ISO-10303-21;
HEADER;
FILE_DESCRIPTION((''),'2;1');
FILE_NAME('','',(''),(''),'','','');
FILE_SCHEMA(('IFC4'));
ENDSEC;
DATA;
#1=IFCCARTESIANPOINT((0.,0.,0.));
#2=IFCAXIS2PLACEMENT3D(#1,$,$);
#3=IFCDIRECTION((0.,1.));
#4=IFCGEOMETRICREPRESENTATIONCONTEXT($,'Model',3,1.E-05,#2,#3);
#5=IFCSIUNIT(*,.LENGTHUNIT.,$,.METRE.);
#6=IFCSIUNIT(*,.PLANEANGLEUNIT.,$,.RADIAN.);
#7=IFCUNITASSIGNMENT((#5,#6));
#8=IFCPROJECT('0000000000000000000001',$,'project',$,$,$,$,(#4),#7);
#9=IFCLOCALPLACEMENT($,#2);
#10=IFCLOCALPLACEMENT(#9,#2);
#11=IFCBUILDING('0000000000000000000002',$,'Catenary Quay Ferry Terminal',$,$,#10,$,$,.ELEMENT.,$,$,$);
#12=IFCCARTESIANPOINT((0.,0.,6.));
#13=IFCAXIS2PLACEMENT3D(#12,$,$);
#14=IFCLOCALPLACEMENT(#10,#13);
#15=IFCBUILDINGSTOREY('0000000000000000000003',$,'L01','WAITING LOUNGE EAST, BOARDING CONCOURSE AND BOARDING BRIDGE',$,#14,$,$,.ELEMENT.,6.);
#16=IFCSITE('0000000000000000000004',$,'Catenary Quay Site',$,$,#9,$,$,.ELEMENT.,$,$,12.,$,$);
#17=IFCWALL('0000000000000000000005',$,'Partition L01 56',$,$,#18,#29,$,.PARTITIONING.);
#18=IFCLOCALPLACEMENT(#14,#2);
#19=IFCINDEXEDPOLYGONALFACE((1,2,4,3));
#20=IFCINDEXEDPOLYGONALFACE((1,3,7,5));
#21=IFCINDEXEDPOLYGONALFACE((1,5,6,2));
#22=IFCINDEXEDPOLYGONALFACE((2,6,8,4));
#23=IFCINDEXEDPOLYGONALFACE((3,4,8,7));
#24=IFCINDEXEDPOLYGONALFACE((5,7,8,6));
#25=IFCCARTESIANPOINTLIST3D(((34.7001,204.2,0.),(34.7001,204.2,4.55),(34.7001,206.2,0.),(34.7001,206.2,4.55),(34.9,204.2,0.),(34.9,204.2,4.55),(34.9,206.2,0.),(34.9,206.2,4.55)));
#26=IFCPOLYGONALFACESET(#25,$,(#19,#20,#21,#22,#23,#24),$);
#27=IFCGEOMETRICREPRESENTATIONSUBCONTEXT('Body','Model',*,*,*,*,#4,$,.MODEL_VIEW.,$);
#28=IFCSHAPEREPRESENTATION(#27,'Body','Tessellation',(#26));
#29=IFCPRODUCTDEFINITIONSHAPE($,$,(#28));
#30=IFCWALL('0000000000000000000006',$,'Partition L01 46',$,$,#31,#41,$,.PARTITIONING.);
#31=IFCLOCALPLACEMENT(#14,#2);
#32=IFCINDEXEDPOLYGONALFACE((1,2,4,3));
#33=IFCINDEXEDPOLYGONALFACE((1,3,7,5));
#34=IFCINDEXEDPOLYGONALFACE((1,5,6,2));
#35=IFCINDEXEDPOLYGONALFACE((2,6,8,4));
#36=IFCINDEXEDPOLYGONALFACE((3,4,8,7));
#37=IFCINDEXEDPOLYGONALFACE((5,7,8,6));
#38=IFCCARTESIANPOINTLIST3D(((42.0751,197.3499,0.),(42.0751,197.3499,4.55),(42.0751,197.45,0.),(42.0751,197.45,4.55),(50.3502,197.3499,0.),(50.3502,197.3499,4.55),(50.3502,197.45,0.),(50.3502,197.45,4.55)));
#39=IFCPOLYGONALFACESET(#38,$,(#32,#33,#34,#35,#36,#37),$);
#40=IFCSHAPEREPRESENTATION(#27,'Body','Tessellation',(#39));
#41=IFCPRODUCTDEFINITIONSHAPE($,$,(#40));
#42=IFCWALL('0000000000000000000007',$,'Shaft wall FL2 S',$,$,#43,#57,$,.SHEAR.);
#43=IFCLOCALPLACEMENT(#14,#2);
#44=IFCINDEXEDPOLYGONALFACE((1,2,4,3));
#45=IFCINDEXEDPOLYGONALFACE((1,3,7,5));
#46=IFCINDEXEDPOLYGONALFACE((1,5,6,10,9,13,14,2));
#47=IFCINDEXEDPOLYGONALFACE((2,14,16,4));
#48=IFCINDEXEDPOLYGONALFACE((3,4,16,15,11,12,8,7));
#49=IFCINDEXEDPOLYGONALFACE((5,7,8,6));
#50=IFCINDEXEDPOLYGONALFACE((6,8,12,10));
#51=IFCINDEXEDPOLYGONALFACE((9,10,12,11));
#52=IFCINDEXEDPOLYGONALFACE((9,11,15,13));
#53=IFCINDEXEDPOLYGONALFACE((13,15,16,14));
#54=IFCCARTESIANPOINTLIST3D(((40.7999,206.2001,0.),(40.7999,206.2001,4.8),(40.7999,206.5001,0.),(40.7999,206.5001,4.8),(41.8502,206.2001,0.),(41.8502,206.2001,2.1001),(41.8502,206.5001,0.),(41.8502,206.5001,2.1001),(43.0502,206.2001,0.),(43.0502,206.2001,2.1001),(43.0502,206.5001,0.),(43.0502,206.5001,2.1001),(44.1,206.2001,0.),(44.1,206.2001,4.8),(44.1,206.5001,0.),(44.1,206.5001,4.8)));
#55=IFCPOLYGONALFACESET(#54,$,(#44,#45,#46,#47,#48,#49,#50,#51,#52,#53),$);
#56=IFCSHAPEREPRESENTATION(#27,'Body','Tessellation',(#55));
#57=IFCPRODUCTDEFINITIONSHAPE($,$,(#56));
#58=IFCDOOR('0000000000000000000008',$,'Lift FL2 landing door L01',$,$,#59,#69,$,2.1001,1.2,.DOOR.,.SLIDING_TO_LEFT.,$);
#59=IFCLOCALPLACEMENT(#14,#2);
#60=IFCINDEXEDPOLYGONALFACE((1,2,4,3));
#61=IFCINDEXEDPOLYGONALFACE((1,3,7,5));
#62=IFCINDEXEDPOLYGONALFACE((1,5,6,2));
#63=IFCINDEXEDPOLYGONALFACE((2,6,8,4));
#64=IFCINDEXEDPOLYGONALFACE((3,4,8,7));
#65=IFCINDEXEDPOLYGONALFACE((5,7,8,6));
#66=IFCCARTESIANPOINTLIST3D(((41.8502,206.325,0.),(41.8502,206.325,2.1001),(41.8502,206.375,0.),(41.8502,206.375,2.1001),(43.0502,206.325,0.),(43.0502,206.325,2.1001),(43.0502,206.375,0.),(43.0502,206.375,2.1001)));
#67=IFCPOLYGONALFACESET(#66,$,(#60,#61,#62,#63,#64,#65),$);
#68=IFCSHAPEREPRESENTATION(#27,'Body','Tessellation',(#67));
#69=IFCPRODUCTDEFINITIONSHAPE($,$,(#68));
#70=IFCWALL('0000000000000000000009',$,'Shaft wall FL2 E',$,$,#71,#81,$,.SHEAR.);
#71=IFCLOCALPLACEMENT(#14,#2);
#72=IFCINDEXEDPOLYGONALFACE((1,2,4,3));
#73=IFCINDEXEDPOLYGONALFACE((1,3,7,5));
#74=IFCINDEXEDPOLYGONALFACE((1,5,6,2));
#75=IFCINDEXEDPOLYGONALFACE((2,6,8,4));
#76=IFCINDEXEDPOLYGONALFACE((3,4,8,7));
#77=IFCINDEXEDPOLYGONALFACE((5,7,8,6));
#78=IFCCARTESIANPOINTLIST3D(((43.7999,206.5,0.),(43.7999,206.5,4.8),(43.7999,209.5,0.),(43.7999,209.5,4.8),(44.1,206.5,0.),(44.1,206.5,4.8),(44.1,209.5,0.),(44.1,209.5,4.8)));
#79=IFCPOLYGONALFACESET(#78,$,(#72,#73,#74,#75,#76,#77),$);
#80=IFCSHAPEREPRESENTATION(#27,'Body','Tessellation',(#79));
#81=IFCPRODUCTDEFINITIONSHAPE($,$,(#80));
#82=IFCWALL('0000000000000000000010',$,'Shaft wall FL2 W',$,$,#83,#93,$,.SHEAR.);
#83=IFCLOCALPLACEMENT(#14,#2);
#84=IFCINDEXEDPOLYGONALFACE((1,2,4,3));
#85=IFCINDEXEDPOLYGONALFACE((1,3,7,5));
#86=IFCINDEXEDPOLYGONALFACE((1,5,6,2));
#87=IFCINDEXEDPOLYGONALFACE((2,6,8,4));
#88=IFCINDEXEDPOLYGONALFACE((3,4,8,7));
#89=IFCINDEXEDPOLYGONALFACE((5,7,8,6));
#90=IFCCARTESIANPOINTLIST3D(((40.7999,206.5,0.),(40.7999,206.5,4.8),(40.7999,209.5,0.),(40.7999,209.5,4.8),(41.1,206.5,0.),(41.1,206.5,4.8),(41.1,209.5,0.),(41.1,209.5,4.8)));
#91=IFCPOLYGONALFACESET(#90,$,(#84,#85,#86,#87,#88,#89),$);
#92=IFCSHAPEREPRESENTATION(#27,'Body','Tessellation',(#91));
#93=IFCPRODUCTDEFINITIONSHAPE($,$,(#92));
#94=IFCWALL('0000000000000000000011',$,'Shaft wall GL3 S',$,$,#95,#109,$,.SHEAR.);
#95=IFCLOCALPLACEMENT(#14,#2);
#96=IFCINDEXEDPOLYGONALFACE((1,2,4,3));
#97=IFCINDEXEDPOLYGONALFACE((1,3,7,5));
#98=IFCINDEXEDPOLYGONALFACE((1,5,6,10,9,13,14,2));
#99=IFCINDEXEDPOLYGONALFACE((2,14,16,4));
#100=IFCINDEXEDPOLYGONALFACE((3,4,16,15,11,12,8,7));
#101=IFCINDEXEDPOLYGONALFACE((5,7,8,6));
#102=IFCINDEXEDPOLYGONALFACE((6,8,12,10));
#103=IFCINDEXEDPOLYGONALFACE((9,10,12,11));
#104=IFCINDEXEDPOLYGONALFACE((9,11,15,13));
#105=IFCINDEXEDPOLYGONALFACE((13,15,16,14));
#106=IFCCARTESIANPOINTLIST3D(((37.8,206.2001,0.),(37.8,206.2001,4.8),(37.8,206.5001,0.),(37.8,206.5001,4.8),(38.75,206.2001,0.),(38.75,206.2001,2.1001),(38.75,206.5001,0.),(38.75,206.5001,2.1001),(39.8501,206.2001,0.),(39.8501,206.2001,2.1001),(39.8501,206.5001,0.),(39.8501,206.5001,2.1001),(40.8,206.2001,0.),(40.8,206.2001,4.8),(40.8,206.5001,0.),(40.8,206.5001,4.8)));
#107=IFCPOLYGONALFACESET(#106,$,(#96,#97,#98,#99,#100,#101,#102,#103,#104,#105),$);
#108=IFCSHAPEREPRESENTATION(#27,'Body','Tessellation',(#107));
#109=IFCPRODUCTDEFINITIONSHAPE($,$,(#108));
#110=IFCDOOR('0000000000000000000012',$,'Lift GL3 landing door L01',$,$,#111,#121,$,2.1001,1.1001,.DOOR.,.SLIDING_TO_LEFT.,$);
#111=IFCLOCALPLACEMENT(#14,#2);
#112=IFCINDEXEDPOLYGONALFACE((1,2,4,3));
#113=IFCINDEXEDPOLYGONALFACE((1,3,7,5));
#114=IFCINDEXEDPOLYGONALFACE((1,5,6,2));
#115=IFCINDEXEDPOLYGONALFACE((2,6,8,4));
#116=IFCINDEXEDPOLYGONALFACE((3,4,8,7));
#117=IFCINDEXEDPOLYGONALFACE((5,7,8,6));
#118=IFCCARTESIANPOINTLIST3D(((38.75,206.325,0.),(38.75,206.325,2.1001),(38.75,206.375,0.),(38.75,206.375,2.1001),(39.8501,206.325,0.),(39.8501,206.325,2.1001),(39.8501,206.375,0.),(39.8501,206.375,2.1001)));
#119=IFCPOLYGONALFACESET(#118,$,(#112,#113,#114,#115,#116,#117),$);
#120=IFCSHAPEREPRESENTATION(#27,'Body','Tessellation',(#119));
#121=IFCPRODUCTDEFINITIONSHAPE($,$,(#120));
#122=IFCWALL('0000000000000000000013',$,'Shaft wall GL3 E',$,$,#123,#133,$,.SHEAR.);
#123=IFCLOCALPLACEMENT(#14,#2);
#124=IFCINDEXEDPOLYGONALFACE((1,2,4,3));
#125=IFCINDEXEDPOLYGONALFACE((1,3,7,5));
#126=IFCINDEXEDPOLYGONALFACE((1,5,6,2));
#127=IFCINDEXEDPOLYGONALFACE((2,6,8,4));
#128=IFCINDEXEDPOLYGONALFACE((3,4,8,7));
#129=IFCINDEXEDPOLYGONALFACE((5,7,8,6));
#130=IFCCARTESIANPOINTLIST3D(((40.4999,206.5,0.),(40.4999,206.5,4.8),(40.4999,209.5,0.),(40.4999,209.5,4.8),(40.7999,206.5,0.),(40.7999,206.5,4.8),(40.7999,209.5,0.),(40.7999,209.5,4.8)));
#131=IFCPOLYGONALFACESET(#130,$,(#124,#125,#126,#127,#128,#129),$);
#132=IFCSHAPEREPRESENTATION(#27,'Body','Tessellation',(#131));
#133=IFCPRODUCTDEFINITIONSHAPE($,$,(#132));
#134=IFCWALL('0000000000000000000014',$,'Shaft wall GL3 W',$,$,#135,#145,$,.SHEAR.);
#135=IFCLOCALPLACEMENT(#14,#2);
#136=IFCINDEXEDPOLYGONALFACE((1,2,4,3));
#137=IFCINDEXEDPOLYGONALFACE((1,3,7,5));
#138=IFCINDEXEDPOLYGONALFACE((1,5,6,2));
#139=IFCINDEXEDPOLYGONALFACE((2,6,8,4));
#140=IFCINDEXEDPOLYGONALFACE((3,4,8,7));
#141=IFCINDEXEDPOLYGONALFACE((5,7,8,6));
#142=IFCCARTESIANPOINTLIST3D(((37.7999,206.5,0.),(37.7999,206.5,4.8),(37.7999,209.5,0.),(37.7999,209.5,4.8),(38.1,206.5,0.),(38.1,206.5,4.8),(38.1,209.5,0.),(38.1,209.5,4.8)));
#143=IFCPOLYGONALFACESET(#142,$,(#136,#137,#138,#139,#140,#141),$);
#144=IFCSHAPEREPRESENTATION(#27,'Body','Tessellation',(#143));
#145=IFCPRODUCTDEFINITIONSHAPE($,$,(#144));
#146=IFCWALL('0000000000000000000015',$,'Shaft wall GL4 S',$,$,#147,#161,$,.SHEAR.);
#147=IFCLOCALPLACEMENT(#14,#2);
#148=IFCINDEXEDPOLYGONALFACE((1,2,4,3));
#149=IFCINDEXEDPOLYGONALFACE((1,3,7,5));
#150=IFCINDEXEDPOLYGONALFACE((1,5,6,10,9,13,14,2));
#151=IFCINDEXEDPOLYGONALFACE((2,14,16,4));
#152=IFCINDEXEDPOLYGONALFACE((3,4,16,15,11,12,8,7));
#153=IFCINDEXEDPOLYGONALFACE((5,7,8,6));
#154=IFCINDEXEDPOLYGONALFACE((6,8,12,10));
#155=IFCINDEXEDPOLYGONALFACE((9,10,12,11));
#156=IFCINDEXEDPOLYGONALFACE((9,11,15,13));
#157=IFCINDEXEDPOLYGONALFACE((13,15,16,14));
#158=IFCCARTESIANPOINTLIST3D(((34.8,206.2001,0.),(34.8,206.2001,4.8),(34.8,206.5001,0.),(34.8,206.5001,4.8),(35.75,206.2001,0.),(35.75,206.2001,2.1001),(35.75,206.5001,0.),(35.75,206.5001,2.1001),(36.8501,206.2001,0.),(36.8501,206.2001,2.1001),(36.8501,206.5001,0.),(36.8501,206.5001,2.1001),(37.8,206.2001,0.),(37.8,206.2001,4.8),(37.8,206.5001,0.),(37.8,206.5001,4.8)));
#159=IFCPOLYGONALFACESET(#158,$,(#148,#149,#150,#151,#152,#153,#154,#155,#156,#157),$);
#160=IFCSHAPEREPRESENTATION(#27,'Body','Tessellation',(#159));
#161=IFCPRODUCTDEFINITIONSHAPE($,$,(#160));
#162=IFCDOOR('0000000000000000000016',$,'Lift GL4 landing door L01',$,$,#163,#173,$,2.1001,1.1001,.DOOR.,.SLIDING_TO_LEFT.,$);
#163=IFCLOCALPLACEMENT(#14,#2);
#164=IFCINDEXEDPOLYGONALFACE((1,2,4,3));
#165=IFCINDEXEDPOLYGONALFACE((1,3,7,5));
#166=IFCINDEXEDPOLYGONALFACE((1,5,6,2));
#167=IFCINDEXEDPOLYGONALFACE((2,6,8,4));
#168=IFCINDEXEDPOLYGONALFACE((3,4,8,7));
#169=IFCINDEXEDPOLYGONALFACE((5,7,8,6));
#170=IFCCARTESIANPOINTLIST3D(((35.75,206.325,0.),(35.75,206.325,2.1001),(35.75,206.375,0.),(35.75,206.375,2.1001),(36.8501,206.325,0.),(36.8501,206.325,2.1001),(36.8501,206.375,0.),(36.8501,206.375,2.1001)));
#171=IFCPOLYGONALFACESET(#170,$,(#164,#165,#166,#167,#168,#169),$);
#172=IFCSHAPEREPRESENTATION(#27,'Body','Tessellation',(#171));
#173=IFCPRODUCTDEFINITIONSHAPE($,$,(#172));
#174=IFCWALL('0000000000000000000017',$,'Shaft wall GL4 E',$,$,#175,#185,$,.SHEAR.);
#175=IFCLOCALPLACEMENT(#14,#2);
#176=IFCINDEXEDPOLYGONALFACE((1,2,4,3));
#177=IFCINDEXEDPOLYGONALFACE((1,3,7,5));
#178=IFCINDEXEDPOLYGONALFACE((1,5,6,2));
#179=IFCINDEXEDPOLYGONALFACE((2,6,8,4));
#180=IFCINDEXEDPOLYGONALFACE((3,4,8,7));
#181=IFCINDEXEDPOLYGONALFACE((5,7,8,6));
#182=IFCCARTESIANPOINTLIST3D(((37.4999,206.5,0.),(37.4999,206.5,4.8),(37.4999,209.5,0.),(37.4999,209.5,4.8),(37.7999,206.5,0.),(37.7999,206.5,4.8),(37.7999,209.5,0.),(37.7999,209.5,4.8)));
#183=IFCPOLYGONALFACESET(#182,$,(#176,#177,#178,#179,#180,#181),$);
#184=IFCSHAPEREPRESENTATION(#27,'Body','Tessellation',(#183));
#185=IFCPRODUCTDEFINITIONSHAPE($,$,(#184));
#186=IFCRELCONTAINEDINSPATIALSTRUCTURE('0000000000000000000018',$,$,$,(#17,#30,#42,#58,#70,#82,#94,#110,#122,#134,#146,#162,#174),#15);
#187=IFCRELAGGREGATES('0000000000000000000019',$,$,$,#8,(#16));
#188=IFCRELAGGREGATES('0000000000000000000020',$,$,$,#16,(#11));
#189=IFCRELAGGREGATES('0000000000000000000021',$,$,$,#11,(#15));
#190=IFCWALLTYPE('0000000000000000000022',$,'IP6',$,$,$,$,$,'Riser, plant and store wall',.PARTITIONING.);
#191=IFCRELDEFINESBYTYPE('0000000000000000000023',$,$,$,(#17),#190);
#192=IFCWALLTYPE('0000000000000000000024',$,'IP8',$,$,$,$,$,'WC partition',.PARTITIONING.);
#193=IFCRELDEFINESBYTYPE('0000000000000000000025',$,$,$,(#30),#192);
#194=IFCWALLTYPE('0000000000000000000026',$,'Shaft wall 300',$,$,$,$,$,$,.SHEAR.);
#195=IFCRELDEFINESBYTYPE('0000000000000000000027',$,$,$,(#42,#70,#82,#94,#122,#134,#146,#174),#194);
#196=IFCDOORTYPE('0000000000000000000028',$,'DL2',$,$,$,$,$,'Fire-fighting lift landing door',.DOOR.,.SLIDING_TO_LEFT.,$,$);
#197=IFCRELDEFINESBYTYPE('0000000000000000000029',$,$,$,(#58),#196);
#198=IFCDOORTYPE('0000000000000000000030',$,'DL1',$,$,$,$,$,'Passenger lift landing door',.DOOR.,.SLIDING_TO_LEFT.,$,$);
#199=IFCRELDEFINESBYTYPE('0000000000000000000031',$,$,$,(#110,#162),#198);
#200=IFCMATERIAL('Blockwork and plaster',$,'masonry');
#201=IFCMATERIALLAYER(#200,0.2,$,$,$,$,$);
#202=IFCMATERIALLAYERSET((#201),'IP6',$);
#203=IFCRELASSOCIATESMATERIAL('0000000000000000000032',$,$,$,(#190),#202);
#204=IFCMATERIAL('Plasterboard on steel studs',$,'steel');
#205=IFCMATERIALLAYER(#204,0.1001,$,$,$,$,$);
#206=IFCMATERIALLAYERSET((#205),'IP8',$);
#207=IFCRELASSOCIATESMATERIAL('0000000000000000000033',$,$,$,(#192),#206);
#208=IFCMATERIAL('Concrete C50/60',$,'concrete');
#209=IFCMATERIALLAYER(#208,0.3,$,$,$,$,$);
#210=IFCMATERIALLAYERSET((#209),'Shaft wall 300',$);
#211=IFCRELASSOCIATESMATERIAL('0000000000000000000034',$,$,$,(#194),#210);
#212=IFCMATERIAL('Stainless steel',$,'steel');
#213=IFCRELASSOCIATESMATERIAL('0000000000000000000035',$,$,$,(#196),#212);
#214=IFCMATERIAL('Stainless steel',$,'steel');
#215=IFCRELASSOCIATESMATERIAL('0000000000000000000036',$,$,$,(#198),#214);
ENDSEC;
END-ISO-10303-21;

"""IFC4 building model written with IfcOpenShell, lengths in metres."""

from ifc_helpers import new_model, si_unit, direction, frame, frame_2d, origin, place, context, subcontext, project, spatial, rectangle, extrude, material, layer, layer_set, type_object, element, fill, save


model = new_model("IFC4")

# Units and contexts
model_context = context("Model", 3, precision=1e-05, world=origin(), true_north=direction((0.0, 1.0)))
body_context = subcontext(model_context, "Body", "Model", "MODEL_VIEW")
ifc_project = project(units=[si_unit("LENGTHUNIT", "METRE"), si_unit("PLANEANGLEUNIT", "RADIAN")], contexts=[model_context])

# Site, building, storey
site_placement = place(None, origin())
site = spatial("IfcSite", under=ifc_project, at=site_placement, Name="Catenary Quay Site", CompositionType="ELEMENT", RefElevation=12.0)
building_placement = place(site_placement, origin())
building = spatial("IfcBuilding", under=site, at=building_placement, Name="Catenary Quay Ferry Terminal", CompositionType="ELEMENT")
storey_placement = place(building_placement, frame((0.0, 0.0, 6.0)))
storey = spatial("IfcBuildingStorey", under=building, at=storey_placement, Name="L01", Description="WAITING LOUNGE EAST, BOARDING CONCOURSE AND BOARDING BRIDGE", CompositionType="ELEMENT", Elevation=6.0)

# Walls
ifc_material_1 = material(Name="Blockwork and plaster", Category="masonry")
ifc_layer_1 = layer(ifc_material_1, 0.2)
ifc_layer_set_1 = layer_set([ifc_layer_1], Name="IP6")
wall_type_1 = type_object("IfcWallType", Name="IP6", ElementType="Riser, plant and store wall", PredefinedType="PARTITIONING", material=ifc_layer_set_1)
wall_1_placement = place(storey_placement, frame((34.8, 204.2, 0.0), z_axis=(0.0, 0.0, 1.0), x_axis=(0.0, 1.0, 0.0)))
element("IfcWall", 1, at=wall_1_placement, inside=storey, type_object=wall_type_1, Name="Partition L01 56", PredefinedType="PARTITIONING", context=body_context, shape_type="SweptSolid", body=[
    extrude(rectangle(XDim=2.0, YDim=0.2, at=frame_2d((1.0, 0.0))), origin(), (0.0, 0.0, 1.0), 4.55),
])
ifc_material_2 = material(Name="Plasterboard on steel studs", Category="steel")
ifc_layer_2 = layer(ifc_material_2, 0.1001)
ifc_layer_set_2 = layer_set([ifc_layer_2], Name="IP8")
wall_type_2 = type_object("IfcWallType", Name="IP8", ElementType="WC partition", PredefinedType="PARTITIONING", material=ifc_layer_set_2)
wall_2_placement = place(storey_placement, frame((42.075, 197.3999, 0.0), z_axis=(0.0, 0.0, 1.0), x_axis=(1.0, 0.0, 0.0)))
element("IfcWall", 2, at=wall_2_placement, inside=storey, type_object=wall_type_2, Name="Partition L01 46", PredefinedType="PARTITIONING", context=body_context, shape_type="SweptSolid", body=[
    extrude(rectangle(XDim=8.2751, YDim=0.1001, at=frame_2d((4.1377, 0.0))), origin(), (0.0, 0.0, 1.0), 4.55),
])

# Wall, opening, door
ifc_material_3 = material(Name="Concrete C50/60", Category="concrete")
ifc_layer_3 = layer(ifc_material_3, 0.3)
ifc_layer_set_3 = layer_set([ifc_layer_3], Name="Shaft wall 300")
wall_type_3 = type_object("IfcWallType", Name="Shaft wall 300", PredefinedType="SHEAR", material=ifc_layer_set_3)
wall_3_placement = place(storey_placement, frame((40.8, 206.3501, 0.0), z_axis=(0.0, 0.0, 1.0), x_axis=(1.0, 0.0, 0.0)))
wall_3 = element("IfcWall", 3, at=wall_3_placement, inside=storey, type_object=wall_type_3, Name="Shaft wall FL2 S", PredefinedType="SHEAR", context=body_context, shape_type="SweptSolid", body=[
    extrude(rectangle(XDim=3.3, YDim=0.3, at=frame_2d((1.6499, 0.0))), origin(), (0.0, 0.0, 1.0), 4.8),
])
opening_1_placement = place(wall_3_placement, frame((1.05, 0.0, 0.0)))
opening_1 = element("IfcOpeningElement", 4, at=opening_1_placement, cuts=wall_3, PredefinedType="OPENING", context=body_context, shape_type="SweptSolid", body=[
    extrude(rectangle(XDim=1.2, YDim=2.1001, at=frame_2d((0.6001, 1.05))), frame((0.0, 0.1599, 0.0), z_axis=(0.0, -1.0, 0.0), x_axis=(1.0, 0.0, 0.0)), (0.0, 0.0, 1.0), 0.3201),
])
ifc_material_4 = material(Name="Stainless steel", Category="steel")
door_type_1 = type_object("IfcDoorType", Name="DL2", ElementType="Fire-fighting lift landing door", OperationType="SLIDING_TO_LEFT", PredefinedType="DOOR", material=ifc_material_4)
door_1_placement = place(opening_1_placement, origin())
door_1 = element("IfcDoor", 5, at=door_1_placement, inside=storey, type_object=door_type_1, Name="Lift FL2 landing door L01", OperationType="SLIDING_TO_LEFT", OverallHeight=2.1001, OverallWidth=1.2, PredefinedType="DOOR", context=body_context, shape_type="SweptSolid", body=[
    extrude(rectangle(XDim=1.2, YDim=2.1001, at=frame_2d((0.6001, 1.05))), frame((0.0, 0.0249, 0.0), z_axis=(0.0, -1.0, 0.0), x_axis=(1.0, 0.0, 0.0)), (0.0, 0.0, 1.0), 0.05),
])
fill(opening_1, door_1)

# Walls
for number, where, z_axis, x_axis, name in (
    (6, (43.95, 206.5, 0.0), (0.0, 0.0, 1.0), (0.0, 1.0, 0.0), "Shaft wall FL2 E"),
    (7, (40.95, 206.5, 0.0), (0.0, 0.0, 1.0), (0.0, 1.0, 0.0), "Shaft wall FL2 W"),
):
    element("IfcWall", number, at=place(storey_placement, frame(where, z_axis=z_axis, x_axis=x_axis)), inside=storey, type_object=wall_type_3, Name=name, PredefinedType="SHEAR", context=body_context, shape_type="SweptSolid", body=[
        extrude(rectangle(XDim=3.0, YDim=0.3, at=frame_2d((1.5, 0.0))), origin(), (0.0, 0.0, 1.0), 4.8),
    ])

# Wall, opening, door
wall_4_placement = place(storey_placement, frame((37.8, 206.3501, 0.0), z_axis=(0.0, 0.0, 1.0), x_axis=(1.0, 0.0, 0.0)))
wall_4 = element("IfcWall", 8, at=wall_4_placement, inside=storey, type_object=wall_type_3, Name="Shaft wall GL3 S", PredefinedType="SHEAR", context=body_context, shape_type="SweptSolid", body=[
    extrude(rectangle(XDim=3.0, YDim=0.3, at=frame_2d((1.5, 0.0))), origin(), (0.0, 0.0, 1.0), 4.8),
])
opening_2_placement = place(wall_4_placement, frame((0.95, 0.0, 0.0)))
opening_2 = element("IfcOpeningElement", 9, at=opening_2_placement, cuts=wall_4, PredefinedType="OPENING", context=body_context, shape_type="SweptSolid", body=[
    extrude(rectangle(XDim=1.1001, YDim=2.1001, at=frame_2d((0.55, 1.05))), frame((0.0, 0.1599, 0.0), z_axis=(0.0, -1.0, 0.0), x_axis=(1.0, 0.0, 0.0)), (0.0, 0.0, 1.0), 0.3201),
])
ifc_material_5 = material(Name="Stainless steel", Category="steel")
door_type_2 = type_object("IfcDoorType", Name="DL1", ElementType="Passenger lift landing door", OperationType="SLIDING_TO_LEFT", PredefinedType="DOOR", material=ifc_material_5)
door_2_placement = place(opening_2_placement, origin())
door_2 = element("IfcDoor", 10, at=door_2_placement, inside=storey, type_object=door_type_2, Name="Lift GL3 landing door L01", OperationType="SLIDING_TO_LEFT", OverallHeight=2.1001, OverallWidth=1.1001, PredefinedType="DOOR", context=body_context, shape_type="SweptSolid", body=[
    extrude(rectangle(XDim=1.1001, YDim=2.1001, at=frame_2d((0.55, 1.05))), frame((0.0, 0.0249, 0.0), z_axis=(0.0, -1.0, 0.0), x_axis=(1.0, 0.0, 0.0)), (0.0, 0.0, 1.0), 0.05),
])
fill(opening_2, door_2)

# Walls
for number, where, z_axis, x_axis, name in (
    (11, (40.6499, 206.5, 0.0), (0.0, 0.0, 1.0), (0.0, 1.0, 0.0), "Shaft wall GL3 E"),
    (12, (37.95, 206.5, 0.0), (0.0, 0.0, 1.0), (0.0, 1.0, 0.0), "Shaft wall GL3 W"),
):
    element("IfcWall", number, at=place(storey_placement, frame(where, z_axis=z_axis, x_axis=x_axis)), inside=storey, type_object=wall_type_3, Name=name, PredefinedType="SHEAR", context=body_context, shape_type="SweptSolid", body=[
        extrude(rectangle(XDim=3.0, YDim=0.3, at=frame_2d((1.5, 0.0))), origin(), (0.0, 0.0, 1.0), 4.8),
    ])

# Wall, opening, door
wall_5_placement = place(storey_placement, frame((34.8, 206.3501, 0.0), z_axis=(0.0, 0.0, 1.0), x_axis=(1.0, 0.0, 0.0)))
wall_5 = element("IfcWall", 13, at=wall_5_placement, inside=storey, type_object=wall_type_3, Name="Shaft wall GL4 S", PredefinedType="SHEAR", context=body_context, shape_type="SweptSolid", body=[
    extrude(rectangle(XDim=3.0, YDim=0.3, at=frame_2d((1.5, 0.0))), origin(), (0.0, 0.0, 1.0), 4.8),
])
opening_3_placement = place(wall_5_placement, frame((0.95, 0.0, 0.0)))
opening_3 = element("IfcOpeningElement", 14, at=opening_3_placement, cuts=wall_5, PredefinedType="OPENING", context=body_context, shape_type="SweptSolid", body=[
    extrude(rectangle(XDim=1.1001, YDim=2.1001, at=frame_2d((0.55, 1.05))), frame((0.0, 0.1599, 0.0), z_axis=(0.0, -1.0, 0.0), x_axis=(1.0, 0.0, 0.0)), (0.0, 0.0, 1.0), 0.3201),
])
door_3_placement = place(opening_3_placement, origin())
door_3 = element("IfcDoor", 15, at=door_3_placement, inside=storey, type_object=door_type_2, Name="Lift GL4 landing door L01", OperationType="SLIDING_TO_LEFT", OverallHeight=2.1001, OverallWidth=1.1001, PredefinedType="DOOR", context=body_context, shape_type="SweptSolid", body=[
    extrude(rectangle(XDim=1.1001, YDim=2.1001, at=frame_2d((0.55, 1.05))), frame((0.0, 0.0249, 0.0), z_axis=(0.0, -1.0, 0.0), x_axis=(1.0, 0.0, 0.0)), (0.0, 0.0, 1.0), 0.05),
])
fill(opening_3, door_3)

# Wall
for number, where, z_axis, x_axis, name in (
    (16, (37.6499, 206.5, 0.0), (0.0, 0.0, 1.0), (0.0, 1.0, 0.0), "Shaft wall GL4 E"),
):
    element("IfcWall", number, at=place(storey_placement, frame(where, z_axis=z_axis, x_axis=x_axis)), inside=storey, type_object=wall_type_3, Name=name, PredefinedType="SHEAR", context=body_context, shape_type="SweptSolid", body=[
        extrude(rectangle(XDim=3.0, YDim=0.3, at=frame_2d((1.5, 0.0))), origin(), (0.0, 0.0, 1.0), 4.8),
    ])

save(model, "model.ifc")
